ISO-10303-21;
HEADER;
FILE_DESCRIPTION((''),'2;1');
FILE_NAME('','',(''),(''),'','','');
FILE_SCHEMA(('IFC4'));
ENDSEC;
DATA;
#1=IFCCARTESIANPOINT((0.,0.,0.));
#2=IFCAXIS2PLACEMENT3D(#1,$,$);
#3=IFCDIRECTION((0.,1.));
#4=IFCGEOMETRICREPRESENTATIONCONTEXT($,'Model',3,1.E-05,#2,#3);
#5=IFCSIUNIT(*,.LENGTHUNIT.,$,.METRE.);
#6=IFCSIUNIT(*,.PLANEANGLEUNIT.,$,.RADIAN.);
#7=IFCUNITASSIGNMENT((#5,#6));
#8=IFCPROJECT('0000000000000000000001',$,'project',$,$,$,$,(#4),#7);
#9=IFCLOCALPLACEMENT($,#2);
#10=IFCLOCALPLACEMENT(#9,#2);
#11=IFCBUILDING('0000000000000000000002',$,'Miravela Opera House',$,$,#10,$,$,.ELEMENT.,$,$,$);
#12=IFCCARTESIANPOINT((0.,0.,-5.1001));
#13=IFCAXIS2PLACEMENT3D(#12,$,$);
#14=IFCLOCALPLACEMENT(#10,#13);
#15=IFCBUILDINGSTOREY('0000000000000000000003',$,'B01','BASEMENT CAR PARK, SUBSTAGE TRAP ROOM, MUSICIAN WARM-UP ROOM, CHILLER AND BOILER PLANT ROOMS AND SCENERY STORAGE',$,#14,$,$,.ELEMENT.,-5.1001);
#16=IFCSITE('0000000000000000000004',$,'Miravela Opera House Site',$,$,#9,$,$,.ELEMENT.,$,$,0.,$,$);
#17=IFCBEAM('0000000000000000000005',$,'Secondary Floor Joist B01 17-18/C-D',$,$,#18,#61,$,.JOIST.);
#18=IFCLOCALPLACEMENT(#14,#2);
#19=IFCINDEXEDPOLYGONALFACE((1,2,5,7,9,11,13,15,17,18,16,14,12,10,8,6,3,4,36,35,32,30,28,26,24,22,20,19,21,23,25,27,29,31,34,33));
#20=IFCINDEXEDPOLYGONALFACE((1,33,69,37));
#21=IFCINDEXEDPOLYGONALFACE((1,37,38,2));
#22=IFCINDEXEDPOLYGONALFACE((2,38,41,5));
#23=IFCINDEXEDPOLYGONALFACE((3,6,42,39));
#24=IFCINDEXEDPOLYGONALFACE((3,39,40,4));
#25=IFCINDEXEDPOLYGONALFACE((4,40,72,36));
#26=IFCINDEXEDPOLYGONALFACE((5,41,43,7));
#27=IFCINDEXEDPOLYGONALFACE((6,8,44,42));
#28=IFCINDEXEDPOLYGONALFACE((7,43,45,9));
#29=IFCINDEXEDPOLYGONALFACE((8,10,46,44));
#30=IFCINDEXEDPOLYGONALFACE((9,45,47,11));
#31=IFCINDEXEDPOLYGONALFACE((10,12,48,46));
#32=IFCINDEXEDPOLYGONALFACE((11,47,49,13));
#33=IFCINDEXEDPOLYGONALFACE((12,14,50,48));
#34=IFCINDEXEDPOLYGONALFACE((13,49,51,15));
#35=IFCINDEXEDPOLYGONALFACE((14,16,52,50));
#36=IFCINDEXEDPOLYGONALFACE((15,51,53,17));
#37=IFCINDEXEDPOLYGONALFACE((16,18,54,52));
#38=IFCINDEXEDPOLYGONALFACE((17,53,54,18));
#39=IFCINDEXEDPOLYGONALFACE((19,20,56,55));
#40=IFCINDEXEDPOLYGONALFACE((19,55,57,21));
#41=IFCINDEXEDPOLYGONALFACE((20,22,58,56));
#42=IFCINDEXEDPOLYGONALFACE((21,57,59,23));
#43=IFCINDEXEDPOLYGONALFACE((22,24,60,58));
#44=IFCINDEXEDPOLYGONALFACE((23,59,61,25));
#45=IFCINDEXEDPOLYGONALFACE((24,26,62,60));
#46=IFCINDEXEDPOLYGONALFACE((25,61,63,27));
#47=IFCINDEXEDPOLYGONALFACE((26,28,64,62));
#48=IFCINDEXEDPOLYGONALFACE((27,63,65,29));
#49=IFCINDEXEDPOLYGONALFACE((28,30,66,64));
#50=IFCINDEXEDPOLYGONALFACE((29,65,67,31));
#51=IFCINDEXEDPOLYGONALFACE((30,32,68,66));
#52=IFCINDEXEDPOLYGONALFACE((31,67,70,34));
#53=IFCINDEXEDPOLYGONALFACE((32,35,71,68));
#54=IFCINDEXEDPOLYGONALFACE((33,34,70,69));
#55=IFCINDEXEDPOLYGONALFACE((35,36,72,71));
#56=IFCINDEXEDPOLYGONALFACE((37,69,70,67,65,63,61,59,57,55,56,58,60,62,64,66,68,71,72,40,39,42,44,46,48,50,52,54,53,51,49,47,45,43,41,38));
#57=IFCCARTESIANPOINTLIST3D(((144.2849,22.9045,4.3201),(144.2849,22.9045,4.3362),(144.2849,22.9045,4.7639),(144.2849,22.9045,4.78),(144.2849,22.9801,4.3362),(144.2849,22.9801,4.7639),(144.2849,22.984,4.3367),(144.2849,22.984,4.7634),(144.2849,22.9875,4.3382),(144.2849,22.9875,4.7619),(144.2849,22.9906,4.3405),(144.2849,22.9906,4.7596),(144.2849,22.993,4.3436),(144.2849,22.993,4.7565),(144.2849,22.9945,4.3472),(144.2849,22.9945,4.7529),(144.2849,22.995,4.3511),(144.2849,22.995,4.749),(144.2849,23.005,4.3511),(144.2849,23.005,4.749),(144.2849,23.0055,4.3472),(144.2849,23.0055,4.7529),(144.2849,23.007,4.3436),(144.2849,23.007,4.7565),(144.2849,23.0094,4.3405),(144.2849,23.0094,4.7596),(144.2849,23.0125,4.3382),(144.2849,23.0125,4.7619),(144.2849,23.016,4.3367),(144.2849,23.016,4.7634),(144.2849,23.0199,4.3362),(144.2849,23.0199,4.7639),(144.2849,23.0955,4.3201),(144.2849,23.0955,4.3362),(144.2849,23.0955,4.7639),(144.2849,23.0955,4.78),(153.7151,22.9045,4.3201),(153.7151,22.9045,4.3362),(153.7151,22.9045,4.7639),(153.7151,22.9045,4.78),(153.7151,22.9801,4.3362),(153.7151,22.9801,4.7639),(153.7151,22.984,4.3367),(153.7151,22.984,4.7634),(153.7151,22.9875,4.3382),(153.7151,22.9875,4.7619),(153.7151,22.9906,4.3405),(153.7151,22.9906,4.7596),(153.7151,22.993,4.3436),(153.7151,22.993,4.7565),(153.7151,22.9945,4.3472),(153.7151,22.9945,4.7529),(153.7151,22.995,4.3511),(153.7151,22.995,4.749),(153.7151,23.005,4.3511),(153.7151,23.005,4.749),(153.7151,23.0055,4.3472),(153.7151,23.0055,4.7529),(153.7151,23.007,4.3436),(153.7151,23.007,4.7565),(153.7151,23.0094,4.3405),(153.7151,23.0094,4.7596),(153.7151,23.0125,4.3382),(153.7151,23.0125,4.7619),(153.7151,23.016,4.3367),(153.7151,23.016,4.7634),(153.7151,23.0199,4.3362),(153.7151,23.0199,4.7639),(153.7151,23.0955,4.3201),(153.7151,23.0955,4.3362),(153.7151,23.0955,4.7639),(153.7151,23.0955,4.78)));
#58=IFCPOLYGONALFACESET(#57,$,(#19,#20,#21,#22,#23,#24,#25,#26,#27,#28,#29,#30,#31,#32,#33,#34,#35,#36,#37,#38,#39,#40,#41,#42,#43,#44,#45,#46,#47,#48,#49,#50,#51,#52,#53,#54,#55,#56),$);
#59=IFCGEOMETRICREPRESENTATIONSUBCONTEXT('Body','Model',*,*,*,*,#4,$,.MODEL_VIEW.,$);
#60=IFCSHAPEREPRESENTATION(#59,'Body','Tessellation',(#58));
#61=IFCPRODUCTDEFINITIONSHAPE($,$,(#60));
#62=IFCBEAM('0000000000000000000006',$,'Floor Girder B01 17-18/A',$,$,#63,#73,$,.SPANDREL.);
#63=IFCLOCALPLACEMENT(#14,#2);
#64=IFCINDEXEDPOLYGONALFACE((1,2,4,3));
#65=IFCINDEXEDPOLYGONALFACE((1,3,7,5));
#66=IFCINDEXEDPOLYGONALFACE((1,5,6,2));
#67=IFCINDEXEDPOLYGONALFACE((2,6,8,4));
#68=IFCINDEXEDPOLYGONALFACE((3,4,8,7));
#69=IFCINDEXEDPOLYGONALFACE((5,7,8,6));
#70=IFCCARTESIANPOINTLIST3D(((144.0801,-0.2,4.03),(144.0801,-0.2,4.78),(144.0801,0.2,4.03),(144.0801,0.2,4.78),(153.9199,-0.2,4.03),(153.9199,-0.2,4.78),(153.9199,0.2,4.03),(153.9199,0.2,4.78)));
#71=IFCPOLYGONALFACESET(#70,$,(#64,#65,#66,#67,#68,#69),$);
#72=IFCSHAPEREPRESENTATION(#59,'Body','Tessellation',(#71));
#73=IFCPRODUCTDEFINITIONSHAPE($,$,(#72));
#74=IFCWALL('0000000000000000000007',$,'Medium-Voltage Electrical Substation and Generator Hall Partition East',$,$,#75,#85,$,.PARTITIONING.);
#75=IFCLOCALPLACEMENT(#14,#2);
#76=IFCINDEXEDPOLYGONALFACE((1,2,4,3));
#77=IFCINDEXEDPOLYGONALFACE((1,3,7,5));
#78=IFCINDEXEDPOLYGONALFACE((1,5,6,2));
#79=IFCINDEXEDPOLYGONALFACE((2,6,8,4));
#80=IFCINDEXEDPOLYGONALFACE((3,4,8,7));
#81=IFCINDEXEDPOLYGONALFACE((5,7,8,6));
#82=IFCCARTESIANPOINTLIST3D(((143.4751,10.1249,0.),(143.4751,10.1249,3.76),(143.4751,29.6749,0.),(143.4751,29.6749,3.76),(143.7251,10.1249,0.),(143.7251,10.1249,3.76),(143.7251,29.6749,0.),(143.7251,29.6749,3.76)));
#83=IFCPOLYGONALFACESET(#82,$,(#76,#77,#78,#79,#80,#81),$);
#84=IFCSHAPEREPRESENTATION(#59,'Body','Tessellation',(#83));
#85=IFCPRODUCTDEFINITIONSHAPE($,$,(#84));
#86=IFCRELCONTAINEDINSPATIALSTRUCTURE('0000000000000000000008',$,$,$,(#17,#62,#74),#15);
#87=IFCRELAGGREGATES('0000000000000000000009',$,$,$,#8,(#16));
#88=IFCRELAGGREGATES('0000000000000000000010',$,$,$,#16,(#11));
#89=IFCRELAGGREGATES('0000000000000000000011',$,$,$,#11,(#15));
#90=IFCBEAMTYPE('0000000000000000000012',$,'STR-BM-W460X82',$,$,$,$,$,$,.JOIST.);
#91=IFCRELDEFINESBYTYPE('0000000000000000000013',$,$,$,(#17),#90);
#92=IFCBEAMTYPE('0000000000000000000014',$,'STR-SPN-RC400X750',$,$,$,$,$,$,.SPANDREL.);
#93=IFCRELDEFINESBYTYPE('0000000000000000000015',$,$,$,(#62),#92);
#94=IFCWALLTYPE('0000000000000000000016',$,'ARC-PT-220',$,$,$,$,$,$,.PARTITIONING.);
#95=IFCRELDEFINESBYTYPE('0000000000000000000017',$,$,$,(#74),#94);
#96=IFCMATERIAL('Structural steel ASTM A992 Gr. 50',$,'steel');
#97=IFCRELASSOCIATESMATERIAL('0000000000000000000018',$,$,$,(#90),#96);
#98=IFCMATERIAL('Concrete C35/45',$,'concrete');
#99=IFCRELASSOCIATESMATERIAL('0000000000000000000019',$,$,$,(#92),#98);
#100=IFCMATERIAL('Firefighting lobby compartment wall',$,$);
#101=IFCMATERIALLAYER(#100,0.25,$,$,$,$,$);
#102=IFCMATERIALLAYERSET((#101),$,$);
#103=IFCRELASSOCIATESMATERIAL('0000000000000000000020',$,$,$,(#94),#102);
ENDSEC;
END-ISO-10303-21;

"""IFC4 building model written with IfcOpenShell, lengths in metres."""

from ifc_helpers import new_model, si_unit, direction, frame, frame_2d, origin, origin_2d, place, context, subcontext, project, spatial, rectangle, i_section, extrude, material, layer, layer_set, material_profile, profile_set, type_object, element, save


model = new_model("IFC4")

# Units and contexts
model_context = context("Model", 3, precision=1e-05, world=origin(), true_north=direction((0.0, 1.0)))
body_context = subcontext(model_context, "Body", "Model", "MODEL_VIEW")
ifc_project = project(units=[si_unit("LENGTHUNIT", "METRE"), si_unit("PLANEANGLEUNIT", "RADIAN")], contexts=[model_context])

# Site, building, storey
site_placement = place(None, origin())
site = spatial("IfcSite", under=ifc_project, at=site_placement, Name="Miravela Opera House Site", CompositionType="ELEMENT", RefElevation=0.0)
building_placement = place(site_placement, origin())
building = spatial("IfcBuilding", under=site, at=building_placement, Name="Miravela Opera House", CompositionType="ELEMENT")
storey_placement = place(building_placement, frame((0.0, 0.0, -5.1001)))
storey = spatial("IfcBuildingStorey", under=building, at=storey_placement, Name="B01", Description="BASEMENT CAR PARK, SUBSTAGE TRAP ROOM, MUSICIAN WARM-UP ROOM, CHILLER AND BOILER PLANT ROOMS AND SCENERY STORAGE", CompositionType="ELEMENT", Elevation=-5.1001)

# Shared definitions
ifc_material_1 = material(Name="Concrete C35/45", Category="concrete")

# Beams
ifc_material_2 = material(Name="Structural steel ASTM A992 Gr. 50", Category="steel")
ifc_material_profile_1 = material_profile(ifc_material_2, i_section(OverallWidth=0.1909, OverallDepth=0.46, WebThickness=0.01, FlangeThickness=0.0161, FilletRadius=0.0149, at=origin_2d()), Name="W460X82")
ifc_profile_set_1 = profile_set([ifc_material_profile_1])
beam_type_1 = type_object("IfcBeamType", Name="STR-BM-W460X82", PredefinedType="JOIST", material=ifc_profile_set_1)
beam_1_placement = place(storey_placement, frame((144.2849, 23.0, 4.55), z_axis=(1.0, 0.0, 0.0), x_axis=(0.0, 1.0, 0.0)))
element("IfcBeam", 1, at=beam_1_placement, inside=storey, type_object=beam_type_1, Name="Secondary Floor Joist B01 17-18/C-D", PredefinedType="JOIST", context=body_context, shape_type="SweptSolid", body=[
    extrude(i_section(OverallWidth=0.1909, OverallDepth=0.46, WebThickness=0.01, FlangeThickness=0.0161, FilletRadius=0.0149, at=origin_2d()), origin(), (0.0, 0.0, 1.0), 9.4302),
])
ifc_material_profile_2 = material_profile(ifc_material_1, rectangle(XDim=0.3999, YDim=0.75, at=origin_2d()), Name="RC-SPN-400X750")
ifc_profile_set_2 = profile_set([ifc_material_profile_2])
beam_type_2 = type_object("IfcBeamType", Name="STR-SPN-RC400X750", PredefinedType="SPANDREL", material=ifc_profile_set_2)
beam_2_placement = place(storey_placement, frame((144.0801, 0.0, 4.405), z_axis=(1.0, 0.0, 0.0), x_axis=(0.0, 1.0, 0.0)))
element("IfcBeam", 2, at=beam_2_placement, inside=storey, type_object=beam_type_2, Name="Floor Girder B01 17-18/A", PredefinedType="SPANDREL", context=body_context, shape_type="SweptSolid", body=[
    extrude(rectangle(XDim=0.3999, YDim=0.75, at=origin_2d()), origin(), (0.0, 0.0, 1.0), 9.8398),
])

# Wall
ifc_material_3 = material(Name="Firefighting lobby compartment wall")
ifc_layer = layer(ifc_material_3, 0.25)
ifc_layer_set = layer_set([ifc_layer])
wall_type = type_object("IfcWallType", Name="ARC-PT-220", PredefinedType="PARTITIONING", material=ifc_layer_set)
wall_placement = place(storey_placement, frame((143.6001, 10.125, 0.0), z_axis=(0.0, 0.0, 1.0), x_axis=(0.0, 1.0, 0.0)))
element("IfcWall", 3, at=wall_placement, inside=storey, type_object=wall_type, Name="Medium-Voltage Electrical Substation and Generator Hall Partition East", PredefinedType="PARTITIONING", context=body_context, shape_type="SweptSolid", body=[
    extrude(rectangle(XDim=19.55, YDim=0.25, at=frame_2d((9.7749, 0.0))), origin(), (0.0, 0.0, 1.0), 3.76),
])

save(model, "model.ifc")
